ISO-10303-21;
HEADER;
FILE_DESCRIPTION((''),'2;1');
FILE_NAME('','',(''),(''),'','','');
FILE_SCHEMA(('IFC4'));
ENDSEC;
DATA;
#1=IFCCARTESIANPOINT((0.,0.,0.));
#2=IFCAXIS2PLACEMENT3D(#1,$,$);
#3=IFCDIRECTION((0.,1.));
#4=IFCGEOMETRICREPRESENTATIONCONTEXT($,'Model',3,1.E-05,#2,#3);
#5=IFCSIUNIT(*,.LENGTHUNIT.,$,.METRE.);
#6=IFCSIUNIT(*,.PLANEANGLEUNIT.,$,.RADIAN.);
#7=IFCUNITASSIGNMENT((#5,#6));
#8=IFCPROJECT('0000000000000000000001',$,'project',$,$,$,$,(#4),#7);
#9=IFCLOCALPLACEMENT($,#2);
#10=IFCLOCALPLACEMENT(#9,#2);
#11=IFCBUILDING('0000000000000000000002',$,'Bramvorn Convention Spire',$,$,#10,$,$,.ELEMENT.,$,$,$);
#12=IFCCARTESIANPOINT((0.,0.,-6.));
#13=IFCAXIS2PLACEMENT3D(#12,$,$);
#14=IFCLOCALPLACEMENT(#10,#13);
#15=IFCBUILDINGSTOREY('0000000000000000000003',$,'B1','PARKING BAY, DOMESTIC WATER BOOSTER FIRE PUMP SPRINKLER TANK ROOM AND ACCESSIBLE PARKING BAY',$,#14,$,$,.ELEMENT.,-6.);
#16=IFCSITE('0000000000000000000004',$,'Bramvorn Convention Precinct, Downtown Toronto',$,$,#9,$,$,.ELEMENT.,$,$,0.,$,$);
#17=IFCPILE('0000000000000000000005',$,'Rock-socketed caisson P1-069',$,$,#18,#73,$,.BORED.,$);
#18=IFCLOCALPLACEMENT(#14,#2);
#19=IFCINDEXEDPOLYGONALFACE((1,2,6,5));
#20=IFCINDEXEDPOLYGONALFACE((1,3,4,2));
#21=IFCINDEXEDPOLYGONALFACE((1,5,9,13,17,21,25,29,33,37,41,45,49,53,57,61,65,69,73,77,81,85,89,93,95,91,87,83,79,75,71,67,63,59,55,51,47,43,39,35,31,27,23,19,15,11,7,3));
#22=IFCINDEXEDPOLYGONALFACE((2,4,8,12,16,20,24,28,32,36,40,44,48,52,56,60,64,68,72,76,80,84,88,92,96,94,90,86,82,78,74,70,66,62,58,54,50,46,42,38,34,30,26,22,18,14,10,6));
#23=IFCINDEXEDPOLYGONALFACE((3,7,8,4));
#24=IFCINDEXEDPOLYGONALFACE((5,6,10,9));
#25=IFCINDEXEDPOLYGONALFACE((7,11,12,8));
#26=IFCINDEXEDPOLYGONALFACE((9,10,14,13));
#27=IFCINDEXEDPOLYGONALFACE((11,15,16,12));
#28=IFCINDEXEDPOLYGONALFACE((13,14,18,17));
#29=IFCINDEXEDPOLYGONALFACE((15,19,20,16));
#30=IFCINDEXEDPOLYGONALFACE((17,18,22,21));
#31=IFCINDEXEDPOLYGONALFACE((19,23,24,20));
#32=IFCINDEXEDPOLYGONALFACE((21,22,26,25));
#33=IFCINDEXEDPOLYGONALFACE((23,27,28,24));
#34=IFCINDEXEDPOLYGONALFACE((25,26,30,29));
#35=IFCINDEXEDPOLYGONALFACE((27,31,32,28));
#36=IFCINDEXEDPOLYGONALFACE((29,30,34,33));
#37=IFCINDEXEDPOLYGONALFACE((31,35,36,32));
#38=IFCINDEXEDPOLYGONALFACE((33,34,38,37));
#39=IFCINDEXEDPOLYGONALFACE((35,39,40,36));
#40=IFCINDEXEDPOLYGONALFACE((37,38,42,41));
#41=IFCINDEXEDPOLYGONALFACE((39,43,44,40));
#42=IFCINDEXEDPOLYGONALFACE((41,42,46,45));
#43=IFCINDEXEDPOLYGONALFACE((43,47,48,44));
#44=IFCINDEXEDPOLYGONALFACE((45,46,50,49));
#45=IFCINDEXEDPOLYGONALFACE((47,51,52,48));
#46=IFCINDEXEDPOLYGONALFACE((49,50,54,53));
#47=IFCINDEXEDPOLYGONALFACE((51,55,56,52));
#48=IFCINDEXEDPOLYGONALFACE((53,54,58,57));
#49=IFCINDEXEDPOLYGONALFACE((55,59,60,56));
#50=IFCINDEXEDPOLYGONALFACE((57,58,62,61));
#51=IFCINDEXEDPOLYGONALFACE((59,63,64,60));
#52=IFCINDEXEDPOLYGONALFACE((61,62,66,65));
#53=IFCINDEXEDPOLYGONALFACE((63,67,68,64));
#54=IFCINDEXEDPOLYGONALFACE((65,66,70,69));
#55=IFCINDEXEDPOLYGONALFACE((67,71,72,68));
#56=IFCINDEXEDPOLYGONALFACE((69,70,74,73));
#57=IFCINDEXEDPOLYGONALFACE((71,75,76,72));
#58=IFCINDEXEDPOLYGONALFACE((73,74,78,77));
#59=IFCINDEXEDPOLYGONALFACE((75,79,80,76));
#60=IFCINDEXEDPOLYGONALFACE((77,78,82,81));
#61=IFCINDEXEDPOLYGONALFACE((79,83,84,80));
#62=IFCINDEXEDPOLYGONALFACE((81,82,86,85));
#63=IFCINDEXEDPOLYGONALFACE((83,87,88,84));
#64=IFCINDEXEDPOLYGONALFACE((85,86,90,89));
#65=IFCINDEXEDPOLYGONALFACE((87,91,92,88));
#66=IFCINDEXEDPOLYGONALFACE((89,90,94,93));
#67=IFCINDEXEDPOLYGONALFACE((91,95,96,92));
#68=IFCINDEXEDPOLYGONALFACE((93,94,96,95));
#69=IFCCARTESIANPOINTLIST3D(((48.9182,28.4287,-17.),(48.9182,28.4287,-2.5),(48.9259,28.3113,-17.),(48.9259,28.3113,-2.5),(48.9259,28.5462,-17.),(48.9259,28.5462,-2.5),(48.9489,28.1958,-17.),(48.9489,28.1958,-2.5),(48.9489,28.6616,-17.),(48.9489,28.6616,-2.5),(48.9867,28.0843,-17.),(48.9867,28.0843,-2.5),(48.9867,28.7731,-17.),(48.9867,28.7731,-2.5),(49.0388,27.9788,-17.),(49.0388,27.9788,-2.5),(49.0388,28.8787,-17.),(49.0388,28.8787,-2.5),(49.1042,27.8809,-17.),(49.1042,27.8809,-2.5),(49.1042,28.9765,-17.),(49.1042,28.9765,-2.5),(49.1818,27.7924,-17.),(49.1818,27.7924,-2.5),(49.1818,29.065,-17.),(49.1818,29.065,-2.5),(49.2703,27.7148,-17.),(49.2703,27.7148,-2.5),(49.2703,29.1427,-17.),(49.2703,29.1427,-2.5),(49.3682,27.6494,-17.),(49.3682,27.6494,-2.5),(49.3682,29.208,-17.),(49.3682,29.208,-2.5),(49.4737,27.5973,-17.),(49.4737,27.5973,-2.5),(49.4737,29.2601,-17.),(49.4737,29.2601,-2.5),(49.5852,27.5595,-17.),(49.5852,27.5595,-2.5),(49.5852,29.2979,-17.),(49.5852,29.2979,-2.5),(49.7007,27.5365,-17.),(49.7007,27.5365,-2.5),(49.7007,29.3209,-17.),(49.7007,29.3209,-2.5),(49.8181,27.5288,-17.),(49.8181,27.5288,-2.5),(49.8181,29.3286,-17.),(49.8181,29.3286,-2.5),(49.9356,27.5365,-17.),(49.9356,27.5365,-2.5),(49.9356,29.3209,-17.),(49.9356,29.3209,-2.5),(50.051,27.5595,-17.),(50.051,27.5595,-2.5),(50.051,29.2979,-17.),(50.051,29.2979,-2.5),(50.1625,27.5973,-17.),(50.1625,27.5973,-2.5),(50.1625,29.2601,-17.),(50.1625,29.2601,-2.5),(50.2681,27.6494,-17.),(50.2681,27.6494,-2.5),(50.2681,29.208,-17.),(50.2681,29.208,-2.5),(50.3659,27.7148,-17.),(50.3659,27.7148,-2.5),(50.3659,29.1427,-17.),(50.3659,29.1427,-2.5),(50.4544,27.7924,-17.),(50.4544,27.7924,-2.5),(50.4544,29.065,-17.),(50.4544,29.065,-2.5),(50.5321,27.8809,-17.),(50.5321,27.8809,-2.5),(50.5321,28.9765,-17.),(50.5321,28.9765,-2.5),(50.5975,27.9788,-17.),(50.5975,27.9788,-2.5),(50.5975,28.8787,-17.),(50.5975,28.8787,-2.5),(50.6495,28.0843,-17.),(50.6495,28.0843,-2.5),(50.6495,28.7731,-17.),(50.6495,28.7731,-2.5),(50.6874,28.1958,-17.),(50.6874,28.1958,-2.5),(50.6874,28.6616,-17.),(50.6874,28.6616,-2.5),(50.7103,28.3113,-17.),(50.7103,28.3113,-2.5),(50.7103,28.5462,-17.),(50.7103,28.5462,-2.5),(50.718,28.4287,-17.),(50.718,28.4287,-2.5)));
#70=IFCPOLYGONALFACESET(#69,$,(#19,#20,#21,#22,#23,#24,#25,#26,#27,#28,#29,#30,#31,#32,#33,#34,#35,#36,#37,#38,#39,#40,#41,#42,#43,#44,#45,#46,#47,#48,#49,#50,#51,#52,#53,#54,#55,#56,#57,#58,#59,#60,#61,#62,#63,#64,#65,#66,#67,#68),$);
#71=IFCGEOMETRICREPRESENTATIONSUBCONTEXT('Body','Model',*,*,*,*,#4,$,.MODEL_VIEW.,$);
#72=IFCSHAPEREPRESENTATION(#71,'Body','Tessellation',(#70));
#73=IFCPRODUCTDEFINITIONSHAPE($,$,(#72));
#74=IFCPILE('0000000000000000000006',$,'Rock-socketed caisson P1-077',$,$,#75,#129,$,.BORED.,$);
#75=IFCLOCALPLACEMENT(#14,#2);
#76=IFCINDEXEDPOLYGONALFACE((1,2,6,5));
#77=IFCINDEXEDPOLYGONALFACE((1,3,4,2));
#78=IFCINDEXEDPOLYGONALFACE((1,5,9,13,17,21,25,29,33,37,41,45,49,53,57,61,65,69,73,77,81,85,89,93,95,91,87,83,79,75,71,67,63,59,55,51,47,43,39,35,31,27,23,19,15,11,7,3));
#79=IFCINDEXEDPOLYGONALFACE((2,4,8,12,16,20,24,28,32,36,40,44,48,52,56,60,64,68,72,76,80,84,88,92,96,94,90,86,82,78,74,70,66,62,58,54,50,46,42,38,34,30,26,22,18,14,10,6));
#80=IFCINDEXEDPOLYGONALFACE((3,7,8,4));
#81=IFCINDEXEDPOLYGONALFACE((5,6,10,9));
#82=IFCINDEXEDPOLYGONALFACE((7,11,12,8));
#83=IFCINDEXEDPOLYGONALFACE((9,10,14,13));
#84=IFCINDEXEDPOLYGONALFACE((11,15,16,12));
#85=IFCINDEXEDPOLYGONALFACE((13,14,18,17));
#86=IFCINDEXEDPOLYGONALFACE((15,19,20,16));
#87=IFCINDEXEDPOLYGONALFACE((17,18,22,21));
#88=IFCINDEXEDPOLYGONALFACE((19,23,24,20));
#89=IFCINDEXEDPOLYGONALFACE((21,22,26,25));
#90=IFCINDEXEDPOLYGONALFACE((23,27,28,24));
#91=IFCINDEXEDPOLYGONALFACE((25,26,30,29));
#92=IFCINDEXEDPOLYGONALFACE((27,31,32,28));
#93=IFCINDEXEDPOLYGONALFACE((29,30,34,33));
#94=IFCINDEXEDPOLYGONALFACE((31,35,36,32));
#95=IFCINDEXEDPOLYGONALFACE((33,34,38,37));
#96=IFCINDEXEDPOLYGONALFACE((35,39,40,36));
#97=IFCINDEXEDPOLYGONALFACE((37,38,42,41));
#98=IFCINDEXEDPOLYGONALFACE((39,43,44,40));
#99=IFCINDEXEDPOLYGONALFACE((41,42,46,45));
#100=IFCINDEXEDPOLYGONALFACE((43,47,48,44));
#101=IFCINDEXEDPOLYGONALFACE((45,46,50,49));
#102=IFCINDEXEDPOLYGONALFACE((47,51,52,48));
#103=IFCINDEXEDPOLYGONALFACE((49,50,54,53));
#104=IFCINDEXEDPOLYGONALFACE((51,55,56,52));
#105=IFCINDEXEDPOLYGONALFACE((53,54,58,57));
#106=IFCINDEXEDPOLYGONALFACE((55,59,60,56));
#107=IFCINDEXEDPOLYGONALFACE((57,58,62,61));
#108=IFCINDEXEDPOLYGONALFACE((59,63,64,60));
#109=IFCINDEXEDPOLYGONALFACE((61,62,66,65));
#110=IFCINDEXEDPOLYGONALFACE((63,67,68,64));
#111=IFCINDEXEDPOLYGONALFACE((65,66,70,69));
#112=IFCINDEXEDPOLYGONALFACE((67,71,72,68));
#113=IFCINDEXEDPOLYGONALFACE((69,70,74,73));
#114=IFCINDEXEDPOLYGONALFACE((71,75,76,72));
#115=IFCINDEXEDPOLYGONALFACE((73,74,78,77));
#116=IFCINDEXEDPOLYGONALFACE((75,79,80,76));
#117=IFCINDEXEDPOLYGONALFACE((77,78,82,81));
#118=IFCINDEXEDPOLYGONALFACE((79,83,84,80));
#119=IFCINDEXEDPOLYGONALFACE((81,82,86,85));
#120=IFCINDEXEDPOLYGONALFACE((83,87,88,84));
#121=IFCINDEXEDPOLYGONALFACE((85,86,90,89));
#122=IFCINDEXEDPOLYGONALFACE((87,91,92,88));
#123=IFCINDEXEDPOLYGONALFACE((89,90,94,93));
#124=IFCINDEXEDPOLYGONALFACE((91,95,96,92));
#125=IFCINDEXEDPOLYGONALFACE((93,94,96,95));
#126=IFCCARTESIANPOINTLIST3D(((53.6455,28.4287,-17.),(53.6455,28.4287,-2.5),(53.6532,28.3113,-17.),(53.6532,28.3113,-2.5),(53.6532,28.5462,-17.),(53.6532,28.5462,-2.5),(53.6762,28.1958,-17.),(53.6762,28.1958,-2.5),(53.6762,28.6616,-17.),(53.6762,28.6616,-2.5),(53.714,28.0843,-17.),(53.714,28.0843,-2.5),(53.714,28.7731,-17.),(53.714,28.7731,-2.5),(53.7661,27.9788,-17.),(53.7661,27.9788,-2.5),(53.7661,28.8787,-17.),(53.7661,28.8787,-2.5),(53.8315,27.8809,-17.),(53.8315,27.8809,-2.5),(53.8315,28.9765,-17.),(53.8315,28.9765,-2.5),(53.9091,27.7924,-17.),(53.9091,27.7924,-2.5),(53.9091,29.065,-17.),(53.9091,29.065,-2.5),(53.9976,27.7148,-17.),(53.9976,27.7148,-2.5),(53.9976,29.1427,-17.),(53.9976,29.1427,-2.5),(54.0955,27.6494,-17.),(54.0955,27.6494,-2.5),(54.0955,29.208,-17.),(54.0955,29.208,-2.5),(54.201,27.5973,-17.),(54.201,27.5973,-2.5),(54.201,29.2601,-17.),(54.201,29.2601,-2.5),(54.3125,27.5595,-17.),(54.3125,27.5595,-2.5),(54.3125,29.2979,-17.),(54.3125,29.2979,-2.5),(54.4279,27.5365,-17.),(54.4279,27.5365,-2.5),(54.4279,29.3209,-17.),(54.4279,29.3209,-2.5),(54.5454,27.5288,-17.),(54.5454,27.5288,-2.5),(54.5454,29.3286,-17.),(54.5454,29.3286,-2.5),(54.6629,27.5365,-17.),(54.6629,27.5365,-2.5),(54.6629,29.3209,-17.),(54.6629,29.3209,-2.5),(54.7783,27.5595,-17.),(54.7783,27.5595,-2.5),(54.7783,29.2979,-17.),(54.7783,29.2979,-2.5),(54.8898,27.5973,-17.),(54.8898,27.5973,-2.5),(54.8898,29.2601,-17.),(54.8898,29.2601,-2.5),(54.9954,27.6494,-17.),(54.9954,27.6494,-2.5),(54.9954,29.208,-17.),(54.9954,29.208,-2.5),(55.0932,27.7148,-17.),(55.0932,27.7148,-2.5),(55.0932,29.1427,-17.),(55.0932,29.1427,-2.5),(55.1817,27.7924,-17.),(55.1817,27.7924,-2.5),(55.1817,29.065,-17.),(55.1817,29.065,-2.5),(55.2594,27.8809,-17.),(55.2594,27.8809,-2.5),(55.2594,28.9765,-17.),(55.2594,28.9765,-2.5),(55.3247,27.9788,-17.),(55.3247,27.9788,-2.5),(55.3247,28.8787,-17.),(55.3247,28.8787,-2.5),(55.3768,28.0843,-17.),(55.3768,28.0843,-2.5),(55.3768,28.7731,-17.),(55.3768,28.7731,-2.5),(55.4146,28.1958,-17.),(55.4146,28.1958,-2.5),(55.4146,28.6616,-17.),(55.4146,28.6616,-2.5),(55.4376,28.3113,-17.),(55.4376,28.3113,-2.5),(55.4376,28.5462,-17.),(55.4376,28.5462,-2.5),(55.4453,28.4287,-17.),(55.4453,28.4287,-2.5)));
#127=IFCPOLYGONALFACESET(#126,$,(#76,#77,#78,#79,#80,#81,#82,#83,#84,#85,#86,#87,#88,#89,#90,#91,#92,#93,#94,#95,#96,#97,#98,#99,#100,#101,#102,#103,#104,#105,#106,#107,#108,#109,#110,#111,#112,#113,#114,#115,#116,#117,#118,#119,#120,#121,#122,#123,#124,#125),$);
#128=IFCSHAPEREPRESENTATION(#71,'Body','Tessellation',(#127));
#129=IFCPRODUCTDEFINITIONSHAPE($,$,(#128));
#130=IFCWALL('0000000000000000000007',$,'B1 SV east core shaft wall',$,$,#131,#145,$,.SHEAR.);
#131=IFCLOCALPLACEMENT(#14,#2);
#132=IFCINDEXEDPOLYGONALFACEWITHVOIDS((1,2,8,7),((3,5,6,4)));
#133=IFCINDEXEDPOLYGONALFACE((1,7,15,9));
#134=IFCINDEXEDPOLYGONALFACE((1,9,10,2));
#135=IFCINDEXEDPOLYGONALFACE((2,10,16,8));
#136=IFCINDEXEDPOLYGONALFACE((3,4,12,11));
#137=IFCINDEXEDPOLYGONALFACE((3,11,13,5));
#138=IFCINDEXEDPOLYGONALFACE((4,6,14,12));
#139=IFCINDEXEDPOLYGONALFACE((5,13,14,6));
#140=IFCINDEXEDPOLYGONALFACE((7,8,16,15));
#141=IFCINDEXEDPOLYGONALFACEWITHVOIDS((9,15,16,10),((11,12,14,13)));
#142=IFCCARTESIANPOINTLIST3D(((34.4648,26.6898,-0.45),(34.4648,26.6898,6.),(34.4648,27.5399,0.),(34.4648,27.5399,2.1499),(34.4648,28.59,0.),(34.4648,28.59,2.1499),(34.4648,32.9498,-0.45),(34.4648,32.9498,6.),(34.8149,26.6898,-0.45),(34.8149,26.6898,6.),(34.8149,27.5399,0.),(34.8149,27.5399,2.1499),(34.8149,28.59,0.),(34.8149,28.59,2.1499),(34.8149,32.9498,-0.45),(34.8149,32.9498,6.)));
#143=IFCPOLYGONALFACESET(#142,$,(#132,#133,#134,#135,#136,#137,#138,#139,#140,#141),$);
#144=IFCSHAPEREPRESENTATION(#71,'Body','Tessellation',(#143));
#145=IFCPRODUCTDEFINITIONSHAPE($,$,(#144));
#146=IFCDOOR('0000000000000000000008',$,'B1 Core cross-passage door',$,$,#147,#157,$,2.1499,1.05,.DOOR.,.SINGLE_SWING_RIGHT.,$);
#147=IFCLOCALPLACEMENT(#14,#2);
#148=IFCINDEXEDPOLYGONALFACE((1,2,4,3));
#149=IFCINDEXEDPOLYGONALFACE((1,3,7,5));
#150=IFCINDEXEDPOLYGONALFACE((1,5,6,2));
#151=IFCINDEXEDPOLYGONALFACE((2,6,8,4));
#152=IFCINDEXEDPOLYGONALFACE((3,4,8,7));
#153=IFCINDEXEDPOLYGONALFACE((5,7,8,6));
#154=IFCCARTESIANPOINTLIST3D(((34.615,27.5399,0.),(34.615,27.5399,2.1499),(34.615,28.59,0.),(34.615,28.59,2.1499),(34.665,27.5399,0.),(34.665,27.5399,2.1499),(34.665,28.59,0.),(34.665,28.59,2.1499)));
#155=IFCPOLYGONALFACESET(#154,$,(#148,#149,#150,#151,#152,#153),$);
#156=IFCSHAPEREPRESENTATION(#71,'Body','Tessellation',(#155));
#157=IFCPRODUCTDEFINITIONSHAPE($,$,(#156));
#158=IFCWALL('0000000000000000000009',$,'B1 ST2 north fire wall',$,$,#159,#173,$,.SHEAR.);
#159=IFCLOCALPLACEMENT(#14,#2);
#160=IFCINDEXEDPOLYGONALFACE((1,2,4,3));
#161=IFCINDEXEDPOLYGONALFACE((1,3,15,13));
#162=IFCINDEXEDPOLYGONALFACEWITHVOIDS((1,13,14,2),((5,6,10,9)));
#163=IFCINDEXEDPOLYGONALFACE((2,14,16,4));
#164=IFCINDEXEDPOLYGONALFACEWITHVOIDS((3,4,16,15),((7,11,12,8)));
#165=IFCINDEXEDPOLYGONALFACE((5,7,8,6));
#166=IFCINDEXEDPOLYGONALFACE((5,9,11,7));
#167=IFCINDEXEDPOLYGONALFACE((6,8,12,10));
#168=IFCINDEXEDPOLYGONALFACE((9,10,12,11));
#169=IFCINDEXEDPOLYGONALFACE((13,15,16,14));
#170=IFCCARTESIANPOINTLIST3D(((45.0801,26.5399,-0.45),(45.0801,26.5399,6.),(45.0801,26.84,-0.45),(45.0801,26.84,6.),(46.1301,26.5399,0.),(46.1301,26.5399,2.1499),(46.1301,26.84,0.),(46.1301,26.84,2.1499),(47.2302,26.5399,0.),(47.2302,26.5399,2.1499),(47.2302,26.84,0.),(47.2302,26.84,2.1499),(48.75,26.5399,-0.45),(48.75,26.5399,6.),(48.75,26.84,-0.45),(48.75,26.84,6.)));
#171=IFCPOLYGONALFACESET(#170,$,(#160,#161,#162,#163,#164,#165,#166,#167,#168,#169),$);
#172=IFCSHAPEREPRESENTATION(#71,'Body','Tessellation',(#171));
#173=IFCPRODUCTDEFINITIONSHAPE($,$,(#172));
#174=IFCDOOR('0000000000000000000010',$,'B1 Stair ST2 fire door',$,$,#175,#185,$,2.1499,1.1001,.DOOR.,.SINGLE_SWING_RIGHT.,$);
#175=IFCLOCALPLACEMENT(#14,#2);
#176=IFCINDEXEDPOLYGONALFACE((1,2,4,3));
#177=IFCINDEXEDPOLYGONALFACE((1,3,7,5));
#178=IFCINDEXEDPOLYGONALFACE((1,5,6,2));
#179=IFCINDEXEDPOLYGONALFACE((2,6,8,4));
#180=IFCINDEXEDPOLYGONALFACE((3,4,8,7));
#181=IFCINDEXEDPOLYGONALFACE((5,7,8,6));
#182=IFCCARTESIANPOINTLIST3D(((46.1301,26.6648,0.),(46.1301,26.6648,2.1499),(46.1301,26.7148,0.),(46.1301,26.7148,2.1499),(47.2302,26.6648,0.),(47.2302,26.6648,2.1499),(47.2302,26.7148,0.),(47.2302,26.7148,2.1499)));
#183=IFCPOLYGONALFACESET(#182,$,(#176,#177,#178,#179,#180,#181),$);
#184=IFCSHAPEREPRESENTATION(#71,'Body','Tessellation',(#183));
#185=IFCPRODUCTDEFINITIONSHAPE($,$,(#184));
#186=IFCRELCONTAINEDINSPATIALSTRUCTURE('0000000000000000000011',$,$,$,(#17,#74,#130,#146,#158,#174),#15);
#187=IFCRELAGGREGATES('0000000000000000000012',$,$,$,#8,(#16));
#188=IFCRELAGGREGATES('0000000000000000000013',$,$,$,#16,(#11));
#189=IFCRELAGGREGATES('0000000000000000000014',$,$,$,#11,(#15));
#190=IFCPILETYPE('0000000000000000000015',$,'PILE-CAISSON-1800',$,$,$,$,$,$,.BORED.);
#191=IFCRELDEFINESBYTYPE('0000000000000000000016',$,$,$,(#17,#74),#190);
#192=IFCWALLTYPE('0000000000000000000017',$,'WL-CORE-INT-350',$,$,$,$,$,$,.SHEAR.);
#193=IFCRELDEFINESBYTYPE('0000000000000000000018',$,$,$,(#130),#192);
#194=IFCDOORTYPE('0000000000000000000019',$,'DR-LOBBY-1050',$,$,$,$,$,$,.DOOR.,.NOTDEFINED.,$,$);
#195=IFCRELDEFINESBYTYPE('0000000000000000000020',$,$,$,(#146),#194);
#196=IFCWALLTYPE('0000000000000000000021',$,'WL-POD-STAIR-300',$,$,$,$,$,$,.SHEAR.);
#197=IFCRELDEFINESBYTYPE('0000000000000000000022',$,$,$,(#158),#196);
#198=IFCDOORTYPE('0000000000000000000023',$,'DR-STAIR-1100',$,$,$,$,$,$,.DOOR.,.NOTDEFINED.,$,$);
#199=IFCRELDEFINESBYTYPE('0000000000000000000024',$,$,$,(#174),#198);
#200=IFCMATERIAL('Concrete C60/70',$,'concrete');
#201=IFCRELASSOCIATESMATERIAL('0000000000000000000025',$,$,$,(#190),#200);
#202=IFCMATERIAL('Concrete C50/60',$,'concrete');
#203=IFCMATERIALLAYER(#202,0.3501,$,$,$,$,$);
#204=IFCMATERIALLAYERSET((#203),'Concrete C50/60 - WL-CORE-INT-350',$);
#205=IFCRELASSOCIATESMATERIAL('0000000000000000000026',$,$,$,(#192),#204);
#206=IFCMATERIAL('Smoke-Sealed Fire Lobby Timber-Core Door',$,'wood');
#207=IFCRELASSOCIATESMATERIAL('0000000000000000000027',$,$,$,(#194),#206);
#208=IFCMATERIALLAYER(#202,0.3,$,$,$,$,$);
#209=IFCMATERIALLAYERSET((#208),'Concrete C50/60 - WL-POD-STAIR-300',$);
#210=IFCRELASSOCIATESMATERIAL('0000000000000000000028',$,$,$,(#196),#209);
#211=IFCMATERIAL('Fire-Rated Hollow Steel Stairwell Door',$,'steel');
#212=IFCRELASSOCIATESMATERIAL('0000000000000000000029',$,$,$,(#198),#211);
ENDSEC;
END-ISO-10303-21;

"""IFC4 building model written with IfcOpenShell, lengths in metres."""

from ifc_helpers import new_model, si_unit, direction, frame, frame_2d, origin, origin_2d, place, context, subcontext, project, spatial, rectangle, circle, extrude, material, layer, layer_set, material_profile, profile_set, type_object, element, fill, save


model = new_model("IFC4")

# Units and contexts
model_context = context("Model", 3, precision=1e-05, world=origin(), true_north=direction((0.0, 1.0)))
body_context = subcontext(model_context, "Body", "Model", "MODEL_VIEW")
ifc_project = project(units=[si_unit("LENGTHUNIT", "METRE"), si_unit("PLANEANGLEUNIT", "RADIAN")], contexts=[model_context])

# Site, building, storey
site_placement = place(None, origin())
site = spatial("IfcSite", under=ifc_project, at=site_placement, Name="Bramvorn Convention Precinct, Downtown Toronto", CompositionType="ELEMENT", RefElevation=0.0)
building_placement = place(site_placement, origin())
building = spatial("IfcBuilding", under=site, at=building_placement, Name="Bramvorn Convention Spire", CompositionType="ELEMENT")
storey_placement = place(building_placement, frame((0.0, 0.0, -6.0)))
storey = spatial("IfcBuildingStorey", under=building, at=storey_placement, Name="B1", Description="PARKING BAY, DOMESTIC WATER BOOSTER FIRE PUMP SPRINKLER TANK ROOM AND ACCESSIBLE PARKING BAY", CompositionType="ELEMENT", Elevation=-6.0)

# Piles
ifc_material_1 = material(Name="Concrete C60/70", Category="concrete")
ifc_material_profile = material_profile(ifc_material_1, circle(Radius=0.8999, at=origin_2d()))
ifc_profile_set = profile_set([ifc_material_profile], Name="Concrete C60/70 - CAISSON1800")
pile_type = type_object("IfcPileType", Name="PILE-CAISSON-1800", PredefinedType="BORED", material=ifc_profile_set)
for number, where, z_axis, x_axis, name in (
    (1, (49.8181, 28.4287, -2.5), (0.0, 0.0, -1.0), (1.0, 0.0, 0.0), "Rock-socketed caisson P1-069"),
    (2, (54.5454, 28.4287, -2.5), (0.0, 0.0, -1.0), (1.0, 0.0, 0.0), "Rock-socketed caisson P1-077"),
):
    element("IfcPile", number, at=place(storey_placement, frame(where, z_axis=z_axis, x_axis=x_axis)), inside=storey, type_object=pile_type, Name=name, PredefinedType="BORED", context=body_context, shape_type="SweptSolid", body=[
        extrude(circle(Radius=0.8999, at=origin_2d()), origin(), (0.0, 0.0, 1.0), 14.5),
    ])

# Walls, openings, doors
ifc_material_2 = material(Name="Concrete C50/60", Category="concrete")
ifc_layer_1 = layer(ifc_material_2, 0.3501)
ifc_layer_set_1 = layer_set([ifc_layer_1], Name="Concrete C50/60 - WL-CORE-INT-350")
wall_type_1 = type_object("IfcWallType", Name="WL-CORE-INT-350", PredefinedType="SHEAR", material=ifc_layer_set_1)
wall_1_placement = place(storey_placement, frame((34.6399, 26.6899, -0.45), z_axis=(0.0, 0.0, 1.0), x_axis=(0.0, 1.0, 0.0)))
wall_1 = element("IfcWall", 3, at=wall_1_placement, inside=storey, type_object=wall_type_1, Name="B1 SV east core shaft wall", PredefinedType="SHEAR", context=body_context, shape_type="SweptSolid", body=[
    extrude(rectangle(XDim=6.26, YDim=0.3501, at=frame_2d((3.1299, 0.0))), origin(), (0.0, 0.0, 1.0), 6.45),
])
opening_1_placement = place(wall_1_placement, frame((0.8501, 0.0, 0.45)))
opening_1 = element("IfcOpeningElement", 4, at=opening_1_placement, cuts=wall_1, PredefinedType="OPENING", context=body_context, shape_type="SweptSolid", body=[
    extrude(rectangle(XDim=1.05, YDim=2.1499, at=frame_2d((0.5249, 1.075))), frame((0.0, 0.1851, 0.0), z_axis=(0.0, -1.0, 0.0), x_axis=(1.0, 0.0, 0.0)), (0.0, 0.0, 1.0), 0.3701),
])
ifc_material_3 = material(Name="Smoke-Sealed Fire Lobby Timber-Core Door", Category="wood")
door_type_1 = type_object("IfcDoorType", Name="DR-LOBBY-1050", OperationType="NOTDEFINED", PredefinedType="DOOR", material=ifc_material_3)
door_1_placement = place(opening_1_placement, origin())
door_1 = element("IfcDoor", 5, at=door_1_placement, inside=storey, type_object=door_type_1, Name="B1 Core cross-passage door", OperationType="SINGLE_SWING_RIGHT", OverallHeight=2.1499, OverallWidth=1.05, PredefinedType="DOOR", context=body_context, shape_type="SweptSolid", body=[
    extrude(rectangle(XDim=1.05, YDim=2.1499, at=frame_2d((0.5249, 1.075))), frame((0.0, 0.0249, 0.0), z_axis=(0.0, -1.0, 0.0), x_axis=(1.0, 0.0, 0.0)), (0.0, 0.0, 1.0), 0.05),
])
fill(opening_1, door_1)
ifc_layer_2 = layer(ifc_material_2, 0.3)
ifc_layer_set_2 = layer_set([ifc_layer_2], Name="Concrete C50/60 - WL-POD-STAIR-300")
wall_type_2 = type_object("IfcWallType", Name="WL-POD-STAIR-300", PredefinedType="SHEAR", material=ifc_layer_set_2)
wall_2_placement = place(storey_placement, frame((45.0801, 26.6899, -0.45), z_axis=(0.0, 0.0, 1.0), x_axis=(1.0, 0.0, 0.0)))
wall_2 = element("IfcWall", 6, at=wall_2_placement, inside=storey, type_object=wall_type_2, Name="B1 ST2 north fire wall", PredefinedType="SHEAR", context=body_context, shape_type="SweptSolid", body=[
    extrude(rectangle(XDim=3.6699, YDim=0.3, at=frame_2d((1.835, 0.0))), origin(), (0.0, 0.0, 1.0), 6.45),
])
opening_2_placement = place(wall_2_placement, frame((1.05, 0.0, 0.45)))
opening_2 = element("IfcOpeningElement", 7, at=opening_2_placement, cuts=wall_2, PredefinedType="OPENING", context=body_context, shape_type="SweptSolid", body=[
    extrude(rectangle(XDim=1.1001, YDim=2.1499, at=frame_2d((0.55, 1.075))), frame((0.0, 0.1599, 0.0), z_axis=(0.0, -1.0, 0.0), x_axis=(1.0, 0.0, 0.0)), (0.0, 0.0, 1.0), 0.3201),
])
ifc_material_4 = material(Name="Fire-Rated Hollow Steel Stairwell Door", Category="steel")
door_type_2 = type_object("IfcDoorType", Name="DR-STAIR-1100", OperationType="NOTDEFINED", PredefinedType="DOOR", material=ifc_material_4)
door_2_placement = place(opening_2_placement, origin())
door_2 = element("IfcDoor", 8, at=door_2_placement, inside=storey, type_object=door_type_2, Name="B1 Stair ST2 fire door", OperationType="SINGLE_SWING_RIGHT", OverallHeight=2.1499, OverallWidth=1.1001, PredefinedType="DOOR", context=body_context, shape_type="SweptSolid", body=[
    extrude(rectangle(XDim=1.1001, YDim=2.1499, at=frame_2d((0.55, 1.075))), frame((0.0, 0.0249, 0.0), z_axis=(0.0, -1.0, 0.0), x_axis=(1.0, 0.0, 0.0)), (0.0, 0.0, 1.0), 0.05),
])
fill(opening_2, door_2)

save(model, "model.ifc")
